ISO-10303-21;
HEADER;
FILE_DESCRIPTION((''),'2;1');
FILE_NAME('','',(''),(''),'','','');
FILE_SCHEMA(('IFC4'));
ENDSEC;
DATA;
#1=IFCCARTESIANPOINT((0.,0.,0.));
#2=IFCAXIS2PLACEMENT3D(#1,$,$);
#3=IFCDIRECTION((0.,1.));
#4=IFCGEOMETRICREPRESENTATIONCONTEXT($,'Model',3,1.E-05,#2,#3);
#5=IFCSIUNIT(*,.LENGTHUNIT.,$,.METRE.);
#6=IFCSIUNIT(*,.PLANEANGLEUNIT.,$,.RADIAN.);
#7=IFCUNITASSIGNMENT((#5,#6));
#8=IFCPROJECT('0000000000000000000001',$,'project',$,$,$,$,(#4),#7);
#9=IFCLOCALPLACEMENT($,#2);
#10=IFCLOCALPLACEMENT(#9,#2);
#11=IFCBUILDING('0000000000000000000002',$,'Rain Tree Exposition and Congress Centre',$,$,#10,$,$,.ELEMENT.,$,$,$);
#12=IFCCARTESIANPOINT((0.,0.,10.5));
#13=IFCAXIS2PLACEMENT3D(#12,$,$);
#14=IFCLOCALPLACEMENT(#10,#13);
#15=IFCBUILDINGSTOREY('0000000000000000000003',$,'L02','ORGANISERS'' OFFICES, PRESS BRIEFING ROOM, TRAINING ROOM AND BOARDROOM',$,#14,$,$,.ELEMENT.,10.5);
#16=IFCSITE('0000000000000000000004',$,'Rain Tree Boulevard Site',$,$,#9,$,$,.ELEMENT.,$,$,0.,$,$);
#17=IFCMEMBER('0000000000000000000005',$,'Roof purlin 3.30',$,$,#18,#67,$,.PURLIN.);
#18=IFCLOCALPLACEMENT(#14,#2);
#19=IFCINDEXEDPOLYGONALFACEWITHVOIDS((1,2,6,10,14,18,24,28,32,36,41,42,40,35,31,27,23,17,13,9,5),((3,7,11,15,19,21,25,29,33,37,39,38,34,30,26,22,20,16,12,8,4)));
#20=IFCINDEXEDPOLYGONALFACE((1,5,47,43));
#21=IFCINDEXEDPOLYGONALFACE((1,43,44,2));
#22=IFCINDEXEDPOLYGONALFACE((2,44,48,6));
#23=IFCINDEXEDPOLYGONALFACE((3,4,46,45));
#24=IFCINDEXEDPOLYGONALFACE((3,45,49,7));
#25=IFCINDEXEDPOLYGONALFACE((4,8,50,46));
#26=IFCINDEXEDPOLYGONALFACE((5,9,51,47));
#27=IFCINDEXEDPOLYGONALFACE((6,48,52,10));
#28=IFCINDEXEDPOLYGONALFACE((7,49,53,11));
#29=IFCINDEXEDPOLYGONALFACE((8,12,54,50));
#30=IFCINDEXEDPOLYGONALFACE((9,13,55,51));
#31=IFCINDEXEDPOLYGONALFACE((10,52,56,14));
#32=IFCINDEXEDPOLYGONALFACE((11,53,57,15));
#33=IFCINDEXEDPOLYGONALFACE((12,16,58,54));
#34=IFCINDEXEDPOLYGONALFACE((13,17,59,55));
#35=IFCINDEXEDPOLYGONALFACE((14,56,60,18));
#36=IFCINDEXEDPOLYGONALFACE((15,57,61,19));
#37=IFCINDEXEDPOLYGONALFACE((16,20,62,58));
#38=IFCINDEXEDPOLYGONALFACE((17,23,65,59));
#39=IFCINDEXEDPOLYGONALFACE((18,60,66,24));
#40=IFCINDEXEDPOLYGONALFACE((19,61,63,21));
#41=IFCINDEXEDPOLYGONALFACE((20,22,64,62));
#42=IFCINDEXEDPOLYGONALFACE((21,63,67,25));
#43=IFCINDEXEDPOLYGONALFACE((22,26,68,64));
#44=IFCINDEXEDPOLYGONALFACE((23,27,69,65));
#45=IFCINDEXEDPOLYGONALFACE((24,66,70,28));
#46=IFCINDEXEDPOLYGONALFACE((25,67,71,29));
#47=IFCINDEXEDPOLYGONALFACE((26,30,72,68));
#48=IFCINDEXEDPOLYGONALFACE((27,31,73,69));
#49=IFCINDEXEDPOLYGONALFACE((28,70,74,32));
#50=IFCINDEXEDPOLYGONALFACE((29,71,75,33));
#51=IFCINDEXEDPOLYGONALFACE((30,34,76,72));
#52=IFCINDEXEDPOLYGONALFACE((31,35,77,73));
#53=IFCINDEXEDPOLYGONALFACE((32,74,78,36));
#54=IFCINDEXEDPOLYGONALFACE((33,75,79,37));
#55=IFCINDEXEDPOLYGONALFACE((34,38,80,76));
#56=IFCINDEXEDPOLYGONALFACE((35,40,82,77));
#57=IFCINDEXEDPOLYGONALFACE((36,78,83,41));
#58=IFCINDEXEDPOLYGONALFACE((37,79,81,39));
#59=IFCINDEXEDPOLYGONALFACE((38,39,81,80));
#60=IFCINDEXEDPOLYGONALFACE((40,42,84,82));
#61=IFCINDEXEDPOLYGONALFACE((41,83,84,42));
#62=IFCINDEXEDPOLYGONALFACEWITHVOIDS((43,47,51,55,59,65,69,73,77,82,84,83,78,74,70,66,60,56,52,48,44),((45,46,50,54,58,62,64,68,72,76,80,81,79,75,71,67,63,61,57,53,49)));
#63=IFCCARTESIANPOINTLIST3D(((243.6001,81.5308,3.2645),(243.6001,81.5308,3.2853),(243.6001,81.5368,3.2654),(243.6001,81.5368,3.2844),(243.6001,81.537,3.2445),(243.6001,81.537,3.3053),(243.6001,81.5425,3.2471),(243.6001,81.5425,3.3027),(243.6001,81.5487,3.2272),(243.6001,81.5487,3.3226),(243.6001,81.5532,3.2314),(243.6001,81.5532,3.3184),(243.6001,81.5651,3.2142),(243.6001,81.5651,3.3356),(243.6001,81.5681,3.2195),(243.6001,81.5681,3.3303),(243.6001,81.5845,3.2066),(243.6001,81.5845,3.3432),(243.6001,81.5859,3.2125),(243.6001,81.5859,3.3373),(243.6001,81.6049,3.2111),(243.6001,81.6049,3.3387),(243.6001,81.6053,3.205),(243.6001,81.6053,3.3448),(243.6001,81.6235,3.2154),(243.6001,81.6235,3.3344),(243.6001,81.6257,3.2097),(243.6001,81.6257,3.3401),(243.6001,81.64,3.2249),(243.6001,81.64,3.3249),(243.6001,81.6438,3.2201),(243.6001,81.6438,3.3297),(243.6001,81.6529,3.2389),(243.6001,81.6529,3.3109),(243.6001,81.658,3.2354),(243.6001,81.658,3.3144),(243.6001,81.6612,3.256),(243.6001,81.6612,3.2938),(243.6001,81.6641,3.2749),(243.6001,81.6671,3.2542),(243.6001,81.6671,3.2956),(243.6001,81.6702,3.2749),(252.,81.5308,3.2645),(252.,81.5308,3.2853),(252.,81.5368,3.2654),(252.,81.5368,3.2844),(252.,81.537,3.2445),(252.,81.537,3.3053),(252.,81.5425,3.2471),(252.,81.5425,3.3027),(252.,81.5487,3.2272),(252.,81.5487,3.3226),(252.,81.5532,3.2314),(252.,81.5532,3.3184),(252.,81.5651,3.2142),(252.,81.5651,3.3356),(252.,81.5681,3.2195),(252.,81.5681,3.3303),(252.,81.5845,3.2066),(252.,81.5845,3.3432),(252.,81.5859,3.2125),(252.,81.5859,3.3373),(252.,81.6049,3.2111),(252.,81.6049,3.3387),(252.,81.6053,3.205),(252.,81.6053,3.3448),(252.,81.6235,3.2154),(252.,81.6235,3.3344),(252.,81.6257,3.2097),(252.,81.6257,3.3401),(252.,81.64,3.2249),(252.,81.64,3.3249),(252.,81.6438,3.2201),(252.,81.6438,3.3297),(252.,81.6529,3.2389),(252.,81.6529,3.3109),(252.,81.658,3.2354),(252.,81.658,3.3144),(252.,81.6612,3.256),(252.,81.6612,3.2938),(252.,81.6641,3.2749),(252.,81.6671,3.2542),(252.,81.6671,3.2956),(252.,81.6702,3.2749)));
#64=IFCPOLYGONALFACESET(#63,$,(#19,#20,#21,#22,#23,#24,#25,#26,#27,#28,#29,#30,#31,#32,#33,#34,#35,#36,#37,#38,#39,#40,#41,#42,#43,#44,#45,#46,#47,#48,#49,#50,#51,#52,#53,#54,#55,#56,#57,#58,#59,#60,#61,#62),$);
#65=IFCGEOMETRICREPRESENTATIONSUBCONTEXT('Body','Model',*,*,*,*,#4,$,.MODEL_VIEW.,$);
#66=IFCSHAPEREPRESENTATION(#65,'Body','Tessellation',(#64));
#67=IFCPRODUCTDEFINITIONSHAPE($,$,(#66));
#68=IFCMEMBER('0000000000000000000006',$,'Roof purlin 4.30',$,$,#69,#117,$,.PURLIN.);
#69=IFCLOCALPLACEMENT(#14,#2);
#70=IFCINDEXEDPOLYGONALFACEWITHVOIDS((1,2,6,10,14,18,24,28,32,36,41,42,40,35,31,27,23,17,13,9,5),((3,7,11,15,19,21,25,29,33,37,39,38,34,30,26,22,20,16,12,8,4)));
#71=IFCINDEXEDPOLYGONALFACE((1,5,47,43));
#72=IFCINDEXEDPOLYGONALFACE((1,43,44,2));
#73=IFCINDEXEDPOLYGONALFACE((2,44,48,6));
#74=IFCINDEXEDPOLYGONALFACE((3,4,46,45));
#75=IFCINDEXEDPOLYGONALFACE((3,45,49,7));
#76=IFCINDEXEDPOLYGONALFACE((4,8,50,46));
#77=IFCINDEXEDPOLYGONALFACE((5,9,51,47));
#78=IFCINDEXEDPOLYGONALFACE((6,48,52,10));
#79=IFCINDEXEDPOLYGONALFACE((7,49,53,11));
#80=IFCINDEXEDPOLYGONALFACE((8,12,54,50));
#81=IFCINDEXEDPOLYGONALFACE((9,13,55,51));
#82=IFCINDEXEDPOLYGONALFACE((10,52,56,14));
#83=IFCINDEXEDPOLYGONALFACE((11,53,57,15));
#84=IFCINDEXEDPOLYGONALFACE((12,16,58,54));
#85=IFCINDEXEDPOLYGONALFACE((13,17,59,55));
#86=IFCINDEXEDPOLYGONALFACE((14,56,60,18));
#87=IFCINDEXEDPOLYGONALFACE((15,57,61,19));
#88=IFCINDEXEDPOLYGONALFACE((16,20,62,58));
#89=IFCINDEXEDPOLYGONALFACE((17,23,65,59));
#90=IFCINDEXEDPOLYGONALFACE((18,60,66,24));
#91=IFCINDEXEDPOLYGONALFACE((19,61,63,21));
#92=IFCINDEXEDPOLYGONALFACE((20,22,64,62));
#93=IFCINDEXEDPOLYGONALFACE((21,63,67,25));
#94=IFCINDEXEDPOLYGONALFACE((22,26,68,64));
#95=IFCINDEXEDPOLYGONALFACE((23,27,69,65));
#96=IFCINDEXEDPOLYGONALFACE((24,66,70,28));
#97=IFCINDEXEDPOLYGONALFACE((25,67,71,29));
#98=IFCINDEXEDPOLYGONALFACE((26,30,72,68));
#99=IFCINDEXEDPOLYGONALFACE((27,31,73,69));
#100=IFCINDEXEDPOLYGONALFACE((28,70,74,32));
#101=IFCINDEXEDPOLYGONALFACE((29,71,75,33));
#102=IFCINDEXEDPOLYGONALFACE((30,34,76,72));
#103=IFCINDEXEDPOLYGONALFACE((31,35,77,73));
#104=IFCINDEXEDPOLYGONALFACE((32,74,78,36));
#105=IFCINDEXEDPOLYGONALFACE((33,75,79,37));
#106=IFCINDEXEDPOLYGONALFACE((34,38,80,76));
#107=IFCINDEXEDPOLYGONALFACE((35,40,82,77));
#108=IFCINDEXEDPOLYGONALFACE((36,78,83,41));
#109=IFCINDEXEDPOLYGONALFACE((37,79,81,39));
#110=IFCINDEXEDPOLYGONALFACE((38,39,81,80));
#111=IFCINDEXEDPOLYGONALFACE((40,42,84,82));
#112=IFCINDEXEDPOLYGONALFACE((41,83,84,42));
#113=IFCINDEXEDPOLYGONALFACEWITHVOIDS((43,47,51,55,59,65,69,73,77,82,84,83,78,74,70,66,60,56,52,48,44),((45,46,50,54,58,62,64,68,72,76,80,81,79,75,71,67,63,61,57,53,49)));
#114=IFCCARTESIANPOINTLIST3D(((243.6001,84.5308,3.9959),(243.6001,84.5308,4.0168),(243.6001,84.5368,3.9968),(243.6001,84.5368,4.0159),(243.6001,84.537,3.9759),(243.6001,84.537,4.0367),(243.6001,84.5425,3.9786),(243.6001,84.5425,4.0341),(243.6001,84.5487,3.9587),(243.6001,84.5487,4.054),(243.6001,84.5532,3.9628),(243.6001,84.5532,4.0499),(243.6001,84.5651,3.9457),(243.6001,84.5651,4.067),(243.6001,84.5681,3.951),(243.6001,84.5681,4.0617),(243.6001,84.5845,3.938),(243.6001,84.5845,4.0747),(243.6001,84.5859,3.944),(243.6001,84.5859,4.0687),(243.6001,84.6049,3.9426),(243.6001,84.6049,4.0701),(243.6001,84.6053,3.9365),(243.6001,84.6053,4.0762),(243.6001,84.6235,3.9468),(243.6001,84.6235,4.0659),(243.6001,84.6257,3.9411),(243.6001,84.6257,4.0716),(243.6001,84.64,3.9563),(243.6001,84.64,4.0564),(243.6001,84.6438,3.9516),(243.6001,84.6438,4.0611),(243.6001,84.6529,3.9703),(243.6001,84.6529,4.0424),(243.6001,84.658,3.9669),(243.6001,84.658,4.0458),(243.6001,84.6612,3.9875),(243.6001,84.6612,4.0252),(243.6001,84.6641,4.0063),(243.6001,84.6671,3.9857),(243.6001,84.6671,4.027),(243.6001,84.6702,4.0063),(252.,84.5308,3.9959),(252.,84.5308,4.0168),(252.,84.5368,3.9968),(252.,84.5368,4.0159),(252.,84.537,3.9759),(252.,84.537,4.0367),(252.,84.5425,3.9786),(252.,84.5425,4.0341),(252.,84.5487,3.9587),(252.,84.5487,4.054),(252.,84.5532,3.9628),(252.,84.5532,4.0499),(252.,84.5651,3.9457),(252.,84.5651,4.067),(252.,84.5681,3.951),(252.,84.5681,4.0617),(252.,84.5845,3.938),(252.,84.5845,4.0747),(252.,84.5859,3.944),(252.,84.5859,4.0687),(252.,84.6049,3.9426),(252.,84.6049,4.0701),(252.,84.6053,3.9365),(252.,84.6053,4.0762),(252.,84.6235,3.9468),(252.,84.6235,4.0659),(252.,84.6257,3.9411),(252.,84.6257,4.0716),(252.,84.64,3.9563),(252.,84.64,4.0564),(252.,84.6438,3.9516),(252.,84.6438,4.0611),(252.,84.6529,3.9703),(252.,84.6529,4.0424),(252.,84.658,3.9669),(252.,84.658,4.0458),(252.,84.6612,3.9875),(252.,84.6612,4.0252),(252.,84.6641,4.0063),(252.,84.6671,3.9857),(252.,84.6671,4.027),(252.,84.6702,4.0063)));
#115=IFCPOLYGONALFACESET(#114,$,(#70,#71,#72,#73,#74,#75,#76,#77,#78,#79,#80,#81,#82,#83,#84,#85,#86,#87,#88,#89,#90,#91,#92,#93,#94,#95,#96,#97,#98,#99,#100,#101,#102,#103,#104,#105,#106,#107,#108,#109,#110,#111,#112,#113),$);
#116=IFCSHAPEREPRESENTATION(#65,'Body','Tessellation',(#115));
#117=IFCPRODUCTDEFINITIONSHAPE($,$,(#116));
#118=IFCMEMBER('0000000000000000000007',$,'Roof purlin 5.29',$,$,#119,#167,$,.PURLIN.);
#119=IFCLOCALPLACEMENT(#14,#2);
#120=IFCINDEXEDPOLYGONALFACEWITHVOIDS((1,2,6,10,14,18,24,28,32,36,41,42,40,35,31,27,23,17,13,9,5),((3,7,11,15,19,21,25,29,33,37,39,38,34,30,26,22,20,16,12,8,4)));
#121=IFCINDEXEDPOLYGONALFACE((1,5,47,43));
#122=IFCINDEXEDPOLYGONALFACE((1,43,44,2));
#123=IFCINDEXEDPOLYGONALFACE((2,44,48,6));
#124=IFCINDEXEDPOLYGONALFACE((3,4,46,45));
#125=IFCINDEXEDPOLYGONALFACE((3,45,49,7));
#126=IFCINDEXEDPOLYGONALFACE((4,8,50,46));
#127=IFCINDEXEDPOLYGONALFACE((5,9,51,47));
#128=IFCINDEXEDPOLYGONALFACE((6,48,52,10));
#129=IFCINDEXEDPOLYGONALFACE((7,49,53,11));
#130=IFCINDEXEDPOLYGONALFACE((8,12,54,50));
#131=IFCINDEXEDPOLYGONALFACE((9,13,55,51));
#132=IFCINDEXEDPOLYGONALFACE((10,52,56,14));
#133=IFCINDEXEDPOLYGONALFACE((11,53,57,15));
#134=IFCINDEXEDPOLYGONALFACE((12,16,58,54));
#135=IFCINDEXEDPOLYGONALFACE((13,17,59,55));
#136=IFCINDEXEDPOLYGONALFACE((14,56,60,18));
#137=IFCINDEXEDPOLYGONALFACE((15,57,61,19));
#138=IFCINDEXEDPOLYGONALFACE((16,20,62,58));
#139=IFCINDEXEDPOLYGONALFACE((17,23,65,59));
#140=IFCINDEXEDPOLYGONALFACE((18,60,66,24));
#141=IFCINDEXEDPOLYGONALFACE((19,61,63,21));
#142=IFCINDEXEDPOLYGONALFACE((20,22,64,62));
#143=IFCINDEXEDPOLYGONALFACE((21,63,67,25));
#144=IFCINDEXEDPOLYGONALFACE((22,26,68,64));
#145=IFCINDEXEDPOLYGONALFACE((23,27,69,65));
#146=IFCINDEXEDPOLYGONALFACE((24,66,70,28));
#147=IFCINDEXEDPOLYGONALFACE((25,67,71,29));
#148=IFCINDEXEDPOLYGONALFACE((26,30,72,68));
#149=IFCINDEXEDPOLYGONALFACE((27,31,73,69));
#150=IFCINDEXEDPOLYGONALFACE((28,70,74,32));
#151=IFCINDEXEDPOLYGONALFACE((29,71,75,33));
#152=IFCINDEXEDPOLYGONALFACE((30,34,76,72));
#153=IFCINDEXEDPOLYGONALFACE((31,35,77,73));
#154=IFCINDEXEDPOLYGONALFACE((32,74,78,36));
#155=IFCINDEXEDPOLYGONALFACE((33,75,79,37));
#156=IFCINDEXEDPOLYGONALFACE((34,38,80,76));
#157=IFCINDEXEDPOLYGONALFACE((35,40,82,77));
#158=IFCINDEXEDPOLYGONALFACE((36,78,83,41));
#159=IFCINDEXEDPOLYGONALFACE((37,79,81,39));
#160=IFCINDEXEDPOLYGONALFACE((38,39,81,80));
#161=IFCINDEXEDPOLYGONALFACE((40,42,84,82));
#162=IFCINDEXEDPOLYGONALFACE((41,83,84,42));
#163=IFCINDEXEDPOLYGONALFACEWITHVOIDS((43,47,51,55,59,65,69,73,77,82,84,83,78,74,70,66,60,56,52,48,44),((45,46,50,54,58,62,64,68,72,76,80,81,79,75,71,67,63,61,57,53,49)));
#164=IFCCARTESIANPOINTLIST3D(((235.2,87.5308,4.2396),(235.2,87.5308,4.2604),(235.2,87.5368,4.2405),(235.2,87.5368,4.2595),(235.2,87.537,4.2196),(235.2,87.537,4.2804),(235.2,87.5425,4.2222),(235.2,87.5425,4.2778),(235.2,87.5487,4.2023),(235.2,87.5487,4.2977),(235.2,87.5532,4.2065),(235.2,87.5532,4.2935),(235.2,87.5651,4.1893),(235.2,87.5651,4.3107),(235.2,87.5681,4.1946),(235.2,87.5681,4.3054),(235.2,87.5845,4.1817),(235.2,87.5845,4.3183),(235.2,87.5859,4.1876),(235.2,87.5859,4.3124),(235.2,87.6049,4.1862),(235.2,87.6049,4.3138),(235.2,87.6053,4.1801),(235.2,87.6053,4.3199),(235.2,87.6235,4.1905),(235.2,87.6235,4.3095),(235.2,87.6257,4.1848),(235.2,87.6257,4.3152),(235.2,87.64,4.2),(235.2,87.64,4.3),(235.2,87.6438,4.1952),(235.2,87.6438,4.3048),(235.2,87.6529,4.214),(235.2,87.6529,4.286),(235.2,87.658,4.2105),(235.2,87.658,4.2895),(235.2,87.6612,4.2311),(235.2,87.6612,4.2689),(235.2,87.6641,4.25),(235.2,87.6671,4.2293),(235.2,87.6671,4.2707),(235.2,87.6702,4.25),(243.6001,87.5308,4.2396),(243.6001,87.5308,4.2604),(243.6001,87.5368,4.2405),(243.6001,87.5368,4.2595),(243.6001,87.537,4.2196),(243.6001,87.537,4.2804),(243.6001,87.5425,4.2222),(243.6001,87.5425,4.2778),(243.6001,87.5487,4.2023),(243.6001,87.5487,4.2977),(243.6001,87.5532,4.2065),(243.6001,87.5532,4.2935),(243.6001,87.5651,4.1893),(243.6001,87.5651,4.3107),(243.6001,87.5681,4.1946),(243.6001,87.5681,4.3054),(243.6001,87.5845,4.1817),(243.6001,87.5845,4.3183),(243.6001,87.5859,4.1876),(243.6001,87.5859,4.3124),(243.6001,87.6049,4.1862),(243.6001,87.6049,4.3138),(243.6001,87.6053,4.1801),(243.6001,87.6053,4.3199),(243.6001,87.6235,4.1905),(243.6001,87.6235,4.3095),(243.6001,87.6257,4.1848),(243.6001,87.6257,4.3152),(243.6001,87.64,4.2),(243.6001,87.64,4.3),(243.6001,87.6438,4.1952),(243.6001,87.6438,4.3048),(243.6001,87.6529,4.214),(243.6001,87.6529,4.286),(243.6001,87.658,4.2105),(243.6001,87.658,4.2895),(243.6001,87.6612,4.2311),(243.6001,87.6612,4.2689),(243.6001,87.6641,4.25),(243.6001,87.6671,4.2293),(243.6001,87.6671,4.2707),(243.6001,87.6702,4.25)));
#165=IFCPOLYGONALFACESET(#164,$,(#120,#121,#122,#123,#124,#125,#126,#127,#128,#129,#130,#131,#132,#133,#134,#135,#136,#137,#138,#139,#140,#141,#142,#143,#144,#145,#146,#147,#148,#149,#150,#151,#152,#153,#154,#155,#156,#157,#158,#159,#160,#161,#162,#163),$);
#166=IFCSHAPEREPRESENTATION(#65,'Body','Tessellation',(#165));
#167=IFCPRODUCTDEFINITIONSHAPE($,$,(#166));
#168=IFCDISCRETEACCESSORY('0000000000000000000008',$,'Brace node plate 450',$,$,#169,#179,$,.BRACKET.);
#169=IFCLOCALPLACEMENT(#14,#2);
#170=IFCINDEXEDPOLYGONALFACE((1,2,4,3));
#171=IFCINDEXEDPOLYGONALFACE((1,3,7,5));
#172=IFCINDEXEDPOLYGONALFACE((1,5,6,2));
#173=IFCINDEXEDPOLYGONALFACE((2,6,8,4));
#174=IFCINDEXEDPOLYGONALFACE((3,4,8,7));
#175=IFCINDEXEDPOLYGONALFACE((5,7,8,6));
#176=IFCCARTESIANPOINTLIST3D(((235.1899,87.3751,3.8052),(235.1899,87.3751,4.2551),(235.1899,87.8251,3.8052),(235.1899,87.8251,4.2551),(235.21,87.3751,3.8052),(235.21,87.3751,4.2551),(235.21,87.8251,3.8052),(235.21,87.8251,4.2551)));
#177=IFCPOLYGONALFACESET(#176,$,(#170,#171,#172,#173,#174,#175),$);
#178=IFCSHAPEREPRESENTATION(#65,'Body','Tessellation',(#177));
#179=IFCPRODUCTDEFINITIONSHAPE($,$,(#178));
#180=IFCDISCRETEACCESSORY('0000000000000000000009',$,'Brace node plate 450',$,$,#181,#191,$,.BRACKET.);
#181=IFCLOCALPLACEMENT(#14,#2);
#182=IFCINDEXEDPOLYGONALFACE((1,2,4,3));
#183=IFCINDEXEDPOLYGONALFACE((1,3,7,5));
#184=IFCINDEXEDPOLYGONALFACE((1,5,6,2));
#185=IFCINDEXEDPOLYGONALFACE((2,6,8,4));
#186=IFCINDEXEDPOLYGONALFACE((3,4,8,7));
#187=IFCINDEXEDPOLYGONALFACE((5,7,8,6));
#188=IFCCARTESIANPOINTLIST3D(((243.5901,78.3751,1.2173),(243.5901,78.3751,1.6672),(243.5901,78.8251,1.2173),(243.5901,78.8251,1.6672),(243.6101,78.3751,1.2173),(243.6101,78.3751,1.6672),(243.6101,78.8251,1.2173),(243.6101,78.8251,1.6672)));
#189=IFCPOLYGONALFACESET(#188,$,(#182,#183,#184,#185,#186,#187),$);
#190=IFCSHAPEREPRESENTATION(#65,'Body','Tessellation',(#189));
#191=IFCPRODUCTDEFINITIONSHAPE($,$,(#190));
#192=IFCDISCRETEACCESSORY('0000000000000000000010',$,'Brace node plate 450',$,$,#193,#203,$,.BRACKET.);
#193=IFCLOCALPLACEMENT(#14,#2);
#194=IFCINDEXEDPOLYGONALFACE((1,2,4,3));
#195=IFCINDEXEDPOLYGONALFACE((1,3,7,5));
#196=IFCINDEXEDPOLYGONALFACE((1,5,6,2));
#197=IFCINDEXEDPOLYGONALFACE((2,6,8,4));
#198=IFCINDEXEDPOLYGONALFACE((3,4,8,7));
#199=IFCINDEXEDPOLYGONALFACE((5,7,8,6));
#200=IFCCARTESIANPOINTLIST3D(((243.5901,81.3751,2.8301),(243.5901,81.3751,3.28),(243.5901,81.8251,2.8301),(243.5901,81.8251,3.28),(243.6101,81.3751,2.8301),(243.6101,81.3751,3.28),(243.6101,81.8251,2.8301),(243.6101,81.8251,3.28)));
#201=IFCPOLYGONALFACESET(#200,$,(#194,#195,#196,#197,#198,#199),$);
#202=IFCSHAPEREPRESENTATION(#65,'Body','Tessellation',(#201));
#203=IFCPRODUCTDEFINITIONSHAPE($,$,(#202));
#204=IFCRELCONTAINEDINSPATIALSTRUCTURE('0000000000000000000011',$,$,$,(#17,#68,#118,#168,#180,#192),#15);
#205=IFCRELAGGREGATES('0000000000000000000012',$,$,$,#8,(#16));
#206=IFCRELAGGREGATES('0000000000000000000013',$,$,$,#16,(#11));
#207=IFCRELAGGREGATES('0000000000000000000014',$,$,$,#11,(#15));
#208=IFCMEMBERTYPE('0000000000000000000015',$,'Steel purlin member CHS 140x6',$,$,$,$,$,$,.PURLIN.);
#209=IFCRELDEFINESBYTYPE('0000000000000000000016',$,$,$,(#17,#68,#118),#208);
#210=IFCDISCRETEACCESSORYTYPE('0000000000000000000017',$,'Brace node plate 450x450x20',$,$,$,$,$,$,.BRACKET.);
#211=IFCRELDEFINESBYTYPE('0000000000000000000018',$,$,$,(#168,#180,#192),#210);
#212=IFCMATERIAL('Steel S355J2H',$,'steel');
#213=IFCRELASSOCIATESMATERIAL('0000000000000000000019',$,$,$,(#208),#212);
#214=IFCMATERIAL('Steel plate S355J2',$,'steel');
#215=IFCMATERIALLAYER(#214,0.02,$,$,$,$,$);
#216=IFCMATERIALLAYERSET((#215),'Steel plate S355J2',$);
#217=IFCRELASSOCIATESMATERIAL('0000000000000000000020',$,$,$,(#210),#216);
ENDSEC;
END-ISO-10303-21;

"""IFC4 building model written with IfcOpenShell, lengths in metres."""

from ifc_helpers import new_model, si_unit, direction, frame, origin, origin_2d, place, context, subcontext, project, spatial, rectangle, hollow_circle, extrude, material, layer, layer_set, material_profile, profile_set, type_object, element, save


model = new_model("IFC4")

# Units and contexts
model_context = context("Model", 3, precision=1e-05, world=origin(), true_north=direction((0.0, 1.0)))
body_context = subcontext(model_context, "Body", "Model", "MODEL_VIEW")
ifc_project = project(units=[si_unit("LENGTHUNIT", "METRE"), si_unit("PLANEANGLEUNIT", "RADIAN")], contexts=[model_context])

# Site, building, storey
site_placement = place(None, origin())
site = spatial("IfcSite", under=ifc_project, at=site_placement, Name="Rain Tree Boulevard Site", CompositionType="ELEMENT", RefElevation=0.0)
building_placement = place(site_placement, origin())
building = spatial("IfcBuilding", under=site, at=building_placement, Name="Rain Tree Exposition and Congress Centre", CompositionType="ELEMENT")
storey_placement = place(building_placement, frame((0.0, 0.0, 10.5)))
storey = spatial("IfcBuildingStorey", under=building, at=storey_placement, Name="L02", Description="ORGANISERS' OFFICES, PRESS BRIEFING ROOM, TRAINING ROOM AND BOARDROOM", CompositionType="ELEMENT", Elevation=10.5)

# Members
ifc_material_1 = material(Name="Steel S355J2H", Category="steel")
ifc_material_profile_1 = material_profile(ifc_material_1, hollow_circle(Radius=0.0701, WallThickness=0.0061, at=origin_2d()), Name="CHS 140x6")
ifc_profile_set_1 = profile_set([ifc_material_profile_1], Name="Steel S355J2H")
member_type_1 = type_object("IfcMemberType", Name="Steel purlin member CHS 140x6", PredefinedType="PURLIN", material=ifc_profile_set_1)
for number, where, z_axis, x_axis, name in (
    (1, (243.6001, 81.6001, 3.2749), (1.0, 0.0, 0.0), (0.0, 1.0, 0.0), "Roof purlin 3.30"),
    (2, (243.6001, 84.6001, 4.0063), (1.0, 0.0, 0.0), (0.0, 1.0, 0.0), "Roof purlin 4.30"),
):
    element("IfcMember", number, at=place(storey_placement, frame(where, z_axis=z_axis, x_axis=x_axis)), inside=storey, type_object=member_type_1, Name=name, PredefinedType="PURLIN", context=body_context, shape_type="SweptSolid", body=[
        extrude(hollow_circle(Radius=0.0701, WallThickness=0.0061, at=origin_2d()), origin(), (0.0, 0.0, 1.0), 8.3999),
    ])
member_1_placement = place(storey_placement, frame((235.2, 87.6001, 4.25), z_axis=(1.0, 0.0, 0.0), x_axis=(0.0, 1.0, 0.0)))
element("IfcMember", 3, at=member_1_placement, inside=storey, type_object=member_type_1, Name="Roof purlin 5.29", PredefinedType="PURLIN", context=body_context, shape_type="SweptSolid", body=[
    extrude(hollow_circle(Radius=0.0701, WallThickness=0.0061, at=origin_2d()), origin(), (0.0, 0.0, 1.0), 8.4001),
])

# Discrete accessories
ifc_material_2 = material(Name="Steel plate S355J2", Category="steel")
ifc_layer = layer(ifc_material_2, 0.02)
ifc_layer_set = layer_set([ifc_layer], Name="Steel plate S355J2")
discrete_accessory_type = type_object("IfcDiscreteAccessoryType", Name="Brace node plate 450x450x20", PredefinedType="BRACKET", material=ifc_layer_set)
for number, where, z_axis, x_axis, name in (
    (4, (235.2, 87.6001, 3.8052), (0.0, 0.0, 1.0), (0.0, 1.0, 0.0), "Brace node plate 450"),
    (5, (243.6001, 78.6001, 1.2173), (0.0, 0.0, 1.0), (0.0, 1.0, 0.0), "Brace node plate 450"),
    (6, (243.6001, 81.6001, 2.8301), (0.0, 0.0, 1.0), (0.0, -1.0, 0.0), "Brace node plate 450"),
):
    element("IfcDiscreteAccessory", number, at=place(storey_placement, frame(where, z_axis=z_axis, x_axis=x_axis)), inside=storey, type_object=discrete_accessory_type, Name=name, PredefinedType="BRACKET", context=body_context, shape_type="SweptSolid", body=[
        extrude(rectangle(XDim=0.45, YDim=0.02, at=origin_2d()), origin(), (0.0, 0.0, 1.0), 0.45),
    ])

save(model, "model.ifc")
